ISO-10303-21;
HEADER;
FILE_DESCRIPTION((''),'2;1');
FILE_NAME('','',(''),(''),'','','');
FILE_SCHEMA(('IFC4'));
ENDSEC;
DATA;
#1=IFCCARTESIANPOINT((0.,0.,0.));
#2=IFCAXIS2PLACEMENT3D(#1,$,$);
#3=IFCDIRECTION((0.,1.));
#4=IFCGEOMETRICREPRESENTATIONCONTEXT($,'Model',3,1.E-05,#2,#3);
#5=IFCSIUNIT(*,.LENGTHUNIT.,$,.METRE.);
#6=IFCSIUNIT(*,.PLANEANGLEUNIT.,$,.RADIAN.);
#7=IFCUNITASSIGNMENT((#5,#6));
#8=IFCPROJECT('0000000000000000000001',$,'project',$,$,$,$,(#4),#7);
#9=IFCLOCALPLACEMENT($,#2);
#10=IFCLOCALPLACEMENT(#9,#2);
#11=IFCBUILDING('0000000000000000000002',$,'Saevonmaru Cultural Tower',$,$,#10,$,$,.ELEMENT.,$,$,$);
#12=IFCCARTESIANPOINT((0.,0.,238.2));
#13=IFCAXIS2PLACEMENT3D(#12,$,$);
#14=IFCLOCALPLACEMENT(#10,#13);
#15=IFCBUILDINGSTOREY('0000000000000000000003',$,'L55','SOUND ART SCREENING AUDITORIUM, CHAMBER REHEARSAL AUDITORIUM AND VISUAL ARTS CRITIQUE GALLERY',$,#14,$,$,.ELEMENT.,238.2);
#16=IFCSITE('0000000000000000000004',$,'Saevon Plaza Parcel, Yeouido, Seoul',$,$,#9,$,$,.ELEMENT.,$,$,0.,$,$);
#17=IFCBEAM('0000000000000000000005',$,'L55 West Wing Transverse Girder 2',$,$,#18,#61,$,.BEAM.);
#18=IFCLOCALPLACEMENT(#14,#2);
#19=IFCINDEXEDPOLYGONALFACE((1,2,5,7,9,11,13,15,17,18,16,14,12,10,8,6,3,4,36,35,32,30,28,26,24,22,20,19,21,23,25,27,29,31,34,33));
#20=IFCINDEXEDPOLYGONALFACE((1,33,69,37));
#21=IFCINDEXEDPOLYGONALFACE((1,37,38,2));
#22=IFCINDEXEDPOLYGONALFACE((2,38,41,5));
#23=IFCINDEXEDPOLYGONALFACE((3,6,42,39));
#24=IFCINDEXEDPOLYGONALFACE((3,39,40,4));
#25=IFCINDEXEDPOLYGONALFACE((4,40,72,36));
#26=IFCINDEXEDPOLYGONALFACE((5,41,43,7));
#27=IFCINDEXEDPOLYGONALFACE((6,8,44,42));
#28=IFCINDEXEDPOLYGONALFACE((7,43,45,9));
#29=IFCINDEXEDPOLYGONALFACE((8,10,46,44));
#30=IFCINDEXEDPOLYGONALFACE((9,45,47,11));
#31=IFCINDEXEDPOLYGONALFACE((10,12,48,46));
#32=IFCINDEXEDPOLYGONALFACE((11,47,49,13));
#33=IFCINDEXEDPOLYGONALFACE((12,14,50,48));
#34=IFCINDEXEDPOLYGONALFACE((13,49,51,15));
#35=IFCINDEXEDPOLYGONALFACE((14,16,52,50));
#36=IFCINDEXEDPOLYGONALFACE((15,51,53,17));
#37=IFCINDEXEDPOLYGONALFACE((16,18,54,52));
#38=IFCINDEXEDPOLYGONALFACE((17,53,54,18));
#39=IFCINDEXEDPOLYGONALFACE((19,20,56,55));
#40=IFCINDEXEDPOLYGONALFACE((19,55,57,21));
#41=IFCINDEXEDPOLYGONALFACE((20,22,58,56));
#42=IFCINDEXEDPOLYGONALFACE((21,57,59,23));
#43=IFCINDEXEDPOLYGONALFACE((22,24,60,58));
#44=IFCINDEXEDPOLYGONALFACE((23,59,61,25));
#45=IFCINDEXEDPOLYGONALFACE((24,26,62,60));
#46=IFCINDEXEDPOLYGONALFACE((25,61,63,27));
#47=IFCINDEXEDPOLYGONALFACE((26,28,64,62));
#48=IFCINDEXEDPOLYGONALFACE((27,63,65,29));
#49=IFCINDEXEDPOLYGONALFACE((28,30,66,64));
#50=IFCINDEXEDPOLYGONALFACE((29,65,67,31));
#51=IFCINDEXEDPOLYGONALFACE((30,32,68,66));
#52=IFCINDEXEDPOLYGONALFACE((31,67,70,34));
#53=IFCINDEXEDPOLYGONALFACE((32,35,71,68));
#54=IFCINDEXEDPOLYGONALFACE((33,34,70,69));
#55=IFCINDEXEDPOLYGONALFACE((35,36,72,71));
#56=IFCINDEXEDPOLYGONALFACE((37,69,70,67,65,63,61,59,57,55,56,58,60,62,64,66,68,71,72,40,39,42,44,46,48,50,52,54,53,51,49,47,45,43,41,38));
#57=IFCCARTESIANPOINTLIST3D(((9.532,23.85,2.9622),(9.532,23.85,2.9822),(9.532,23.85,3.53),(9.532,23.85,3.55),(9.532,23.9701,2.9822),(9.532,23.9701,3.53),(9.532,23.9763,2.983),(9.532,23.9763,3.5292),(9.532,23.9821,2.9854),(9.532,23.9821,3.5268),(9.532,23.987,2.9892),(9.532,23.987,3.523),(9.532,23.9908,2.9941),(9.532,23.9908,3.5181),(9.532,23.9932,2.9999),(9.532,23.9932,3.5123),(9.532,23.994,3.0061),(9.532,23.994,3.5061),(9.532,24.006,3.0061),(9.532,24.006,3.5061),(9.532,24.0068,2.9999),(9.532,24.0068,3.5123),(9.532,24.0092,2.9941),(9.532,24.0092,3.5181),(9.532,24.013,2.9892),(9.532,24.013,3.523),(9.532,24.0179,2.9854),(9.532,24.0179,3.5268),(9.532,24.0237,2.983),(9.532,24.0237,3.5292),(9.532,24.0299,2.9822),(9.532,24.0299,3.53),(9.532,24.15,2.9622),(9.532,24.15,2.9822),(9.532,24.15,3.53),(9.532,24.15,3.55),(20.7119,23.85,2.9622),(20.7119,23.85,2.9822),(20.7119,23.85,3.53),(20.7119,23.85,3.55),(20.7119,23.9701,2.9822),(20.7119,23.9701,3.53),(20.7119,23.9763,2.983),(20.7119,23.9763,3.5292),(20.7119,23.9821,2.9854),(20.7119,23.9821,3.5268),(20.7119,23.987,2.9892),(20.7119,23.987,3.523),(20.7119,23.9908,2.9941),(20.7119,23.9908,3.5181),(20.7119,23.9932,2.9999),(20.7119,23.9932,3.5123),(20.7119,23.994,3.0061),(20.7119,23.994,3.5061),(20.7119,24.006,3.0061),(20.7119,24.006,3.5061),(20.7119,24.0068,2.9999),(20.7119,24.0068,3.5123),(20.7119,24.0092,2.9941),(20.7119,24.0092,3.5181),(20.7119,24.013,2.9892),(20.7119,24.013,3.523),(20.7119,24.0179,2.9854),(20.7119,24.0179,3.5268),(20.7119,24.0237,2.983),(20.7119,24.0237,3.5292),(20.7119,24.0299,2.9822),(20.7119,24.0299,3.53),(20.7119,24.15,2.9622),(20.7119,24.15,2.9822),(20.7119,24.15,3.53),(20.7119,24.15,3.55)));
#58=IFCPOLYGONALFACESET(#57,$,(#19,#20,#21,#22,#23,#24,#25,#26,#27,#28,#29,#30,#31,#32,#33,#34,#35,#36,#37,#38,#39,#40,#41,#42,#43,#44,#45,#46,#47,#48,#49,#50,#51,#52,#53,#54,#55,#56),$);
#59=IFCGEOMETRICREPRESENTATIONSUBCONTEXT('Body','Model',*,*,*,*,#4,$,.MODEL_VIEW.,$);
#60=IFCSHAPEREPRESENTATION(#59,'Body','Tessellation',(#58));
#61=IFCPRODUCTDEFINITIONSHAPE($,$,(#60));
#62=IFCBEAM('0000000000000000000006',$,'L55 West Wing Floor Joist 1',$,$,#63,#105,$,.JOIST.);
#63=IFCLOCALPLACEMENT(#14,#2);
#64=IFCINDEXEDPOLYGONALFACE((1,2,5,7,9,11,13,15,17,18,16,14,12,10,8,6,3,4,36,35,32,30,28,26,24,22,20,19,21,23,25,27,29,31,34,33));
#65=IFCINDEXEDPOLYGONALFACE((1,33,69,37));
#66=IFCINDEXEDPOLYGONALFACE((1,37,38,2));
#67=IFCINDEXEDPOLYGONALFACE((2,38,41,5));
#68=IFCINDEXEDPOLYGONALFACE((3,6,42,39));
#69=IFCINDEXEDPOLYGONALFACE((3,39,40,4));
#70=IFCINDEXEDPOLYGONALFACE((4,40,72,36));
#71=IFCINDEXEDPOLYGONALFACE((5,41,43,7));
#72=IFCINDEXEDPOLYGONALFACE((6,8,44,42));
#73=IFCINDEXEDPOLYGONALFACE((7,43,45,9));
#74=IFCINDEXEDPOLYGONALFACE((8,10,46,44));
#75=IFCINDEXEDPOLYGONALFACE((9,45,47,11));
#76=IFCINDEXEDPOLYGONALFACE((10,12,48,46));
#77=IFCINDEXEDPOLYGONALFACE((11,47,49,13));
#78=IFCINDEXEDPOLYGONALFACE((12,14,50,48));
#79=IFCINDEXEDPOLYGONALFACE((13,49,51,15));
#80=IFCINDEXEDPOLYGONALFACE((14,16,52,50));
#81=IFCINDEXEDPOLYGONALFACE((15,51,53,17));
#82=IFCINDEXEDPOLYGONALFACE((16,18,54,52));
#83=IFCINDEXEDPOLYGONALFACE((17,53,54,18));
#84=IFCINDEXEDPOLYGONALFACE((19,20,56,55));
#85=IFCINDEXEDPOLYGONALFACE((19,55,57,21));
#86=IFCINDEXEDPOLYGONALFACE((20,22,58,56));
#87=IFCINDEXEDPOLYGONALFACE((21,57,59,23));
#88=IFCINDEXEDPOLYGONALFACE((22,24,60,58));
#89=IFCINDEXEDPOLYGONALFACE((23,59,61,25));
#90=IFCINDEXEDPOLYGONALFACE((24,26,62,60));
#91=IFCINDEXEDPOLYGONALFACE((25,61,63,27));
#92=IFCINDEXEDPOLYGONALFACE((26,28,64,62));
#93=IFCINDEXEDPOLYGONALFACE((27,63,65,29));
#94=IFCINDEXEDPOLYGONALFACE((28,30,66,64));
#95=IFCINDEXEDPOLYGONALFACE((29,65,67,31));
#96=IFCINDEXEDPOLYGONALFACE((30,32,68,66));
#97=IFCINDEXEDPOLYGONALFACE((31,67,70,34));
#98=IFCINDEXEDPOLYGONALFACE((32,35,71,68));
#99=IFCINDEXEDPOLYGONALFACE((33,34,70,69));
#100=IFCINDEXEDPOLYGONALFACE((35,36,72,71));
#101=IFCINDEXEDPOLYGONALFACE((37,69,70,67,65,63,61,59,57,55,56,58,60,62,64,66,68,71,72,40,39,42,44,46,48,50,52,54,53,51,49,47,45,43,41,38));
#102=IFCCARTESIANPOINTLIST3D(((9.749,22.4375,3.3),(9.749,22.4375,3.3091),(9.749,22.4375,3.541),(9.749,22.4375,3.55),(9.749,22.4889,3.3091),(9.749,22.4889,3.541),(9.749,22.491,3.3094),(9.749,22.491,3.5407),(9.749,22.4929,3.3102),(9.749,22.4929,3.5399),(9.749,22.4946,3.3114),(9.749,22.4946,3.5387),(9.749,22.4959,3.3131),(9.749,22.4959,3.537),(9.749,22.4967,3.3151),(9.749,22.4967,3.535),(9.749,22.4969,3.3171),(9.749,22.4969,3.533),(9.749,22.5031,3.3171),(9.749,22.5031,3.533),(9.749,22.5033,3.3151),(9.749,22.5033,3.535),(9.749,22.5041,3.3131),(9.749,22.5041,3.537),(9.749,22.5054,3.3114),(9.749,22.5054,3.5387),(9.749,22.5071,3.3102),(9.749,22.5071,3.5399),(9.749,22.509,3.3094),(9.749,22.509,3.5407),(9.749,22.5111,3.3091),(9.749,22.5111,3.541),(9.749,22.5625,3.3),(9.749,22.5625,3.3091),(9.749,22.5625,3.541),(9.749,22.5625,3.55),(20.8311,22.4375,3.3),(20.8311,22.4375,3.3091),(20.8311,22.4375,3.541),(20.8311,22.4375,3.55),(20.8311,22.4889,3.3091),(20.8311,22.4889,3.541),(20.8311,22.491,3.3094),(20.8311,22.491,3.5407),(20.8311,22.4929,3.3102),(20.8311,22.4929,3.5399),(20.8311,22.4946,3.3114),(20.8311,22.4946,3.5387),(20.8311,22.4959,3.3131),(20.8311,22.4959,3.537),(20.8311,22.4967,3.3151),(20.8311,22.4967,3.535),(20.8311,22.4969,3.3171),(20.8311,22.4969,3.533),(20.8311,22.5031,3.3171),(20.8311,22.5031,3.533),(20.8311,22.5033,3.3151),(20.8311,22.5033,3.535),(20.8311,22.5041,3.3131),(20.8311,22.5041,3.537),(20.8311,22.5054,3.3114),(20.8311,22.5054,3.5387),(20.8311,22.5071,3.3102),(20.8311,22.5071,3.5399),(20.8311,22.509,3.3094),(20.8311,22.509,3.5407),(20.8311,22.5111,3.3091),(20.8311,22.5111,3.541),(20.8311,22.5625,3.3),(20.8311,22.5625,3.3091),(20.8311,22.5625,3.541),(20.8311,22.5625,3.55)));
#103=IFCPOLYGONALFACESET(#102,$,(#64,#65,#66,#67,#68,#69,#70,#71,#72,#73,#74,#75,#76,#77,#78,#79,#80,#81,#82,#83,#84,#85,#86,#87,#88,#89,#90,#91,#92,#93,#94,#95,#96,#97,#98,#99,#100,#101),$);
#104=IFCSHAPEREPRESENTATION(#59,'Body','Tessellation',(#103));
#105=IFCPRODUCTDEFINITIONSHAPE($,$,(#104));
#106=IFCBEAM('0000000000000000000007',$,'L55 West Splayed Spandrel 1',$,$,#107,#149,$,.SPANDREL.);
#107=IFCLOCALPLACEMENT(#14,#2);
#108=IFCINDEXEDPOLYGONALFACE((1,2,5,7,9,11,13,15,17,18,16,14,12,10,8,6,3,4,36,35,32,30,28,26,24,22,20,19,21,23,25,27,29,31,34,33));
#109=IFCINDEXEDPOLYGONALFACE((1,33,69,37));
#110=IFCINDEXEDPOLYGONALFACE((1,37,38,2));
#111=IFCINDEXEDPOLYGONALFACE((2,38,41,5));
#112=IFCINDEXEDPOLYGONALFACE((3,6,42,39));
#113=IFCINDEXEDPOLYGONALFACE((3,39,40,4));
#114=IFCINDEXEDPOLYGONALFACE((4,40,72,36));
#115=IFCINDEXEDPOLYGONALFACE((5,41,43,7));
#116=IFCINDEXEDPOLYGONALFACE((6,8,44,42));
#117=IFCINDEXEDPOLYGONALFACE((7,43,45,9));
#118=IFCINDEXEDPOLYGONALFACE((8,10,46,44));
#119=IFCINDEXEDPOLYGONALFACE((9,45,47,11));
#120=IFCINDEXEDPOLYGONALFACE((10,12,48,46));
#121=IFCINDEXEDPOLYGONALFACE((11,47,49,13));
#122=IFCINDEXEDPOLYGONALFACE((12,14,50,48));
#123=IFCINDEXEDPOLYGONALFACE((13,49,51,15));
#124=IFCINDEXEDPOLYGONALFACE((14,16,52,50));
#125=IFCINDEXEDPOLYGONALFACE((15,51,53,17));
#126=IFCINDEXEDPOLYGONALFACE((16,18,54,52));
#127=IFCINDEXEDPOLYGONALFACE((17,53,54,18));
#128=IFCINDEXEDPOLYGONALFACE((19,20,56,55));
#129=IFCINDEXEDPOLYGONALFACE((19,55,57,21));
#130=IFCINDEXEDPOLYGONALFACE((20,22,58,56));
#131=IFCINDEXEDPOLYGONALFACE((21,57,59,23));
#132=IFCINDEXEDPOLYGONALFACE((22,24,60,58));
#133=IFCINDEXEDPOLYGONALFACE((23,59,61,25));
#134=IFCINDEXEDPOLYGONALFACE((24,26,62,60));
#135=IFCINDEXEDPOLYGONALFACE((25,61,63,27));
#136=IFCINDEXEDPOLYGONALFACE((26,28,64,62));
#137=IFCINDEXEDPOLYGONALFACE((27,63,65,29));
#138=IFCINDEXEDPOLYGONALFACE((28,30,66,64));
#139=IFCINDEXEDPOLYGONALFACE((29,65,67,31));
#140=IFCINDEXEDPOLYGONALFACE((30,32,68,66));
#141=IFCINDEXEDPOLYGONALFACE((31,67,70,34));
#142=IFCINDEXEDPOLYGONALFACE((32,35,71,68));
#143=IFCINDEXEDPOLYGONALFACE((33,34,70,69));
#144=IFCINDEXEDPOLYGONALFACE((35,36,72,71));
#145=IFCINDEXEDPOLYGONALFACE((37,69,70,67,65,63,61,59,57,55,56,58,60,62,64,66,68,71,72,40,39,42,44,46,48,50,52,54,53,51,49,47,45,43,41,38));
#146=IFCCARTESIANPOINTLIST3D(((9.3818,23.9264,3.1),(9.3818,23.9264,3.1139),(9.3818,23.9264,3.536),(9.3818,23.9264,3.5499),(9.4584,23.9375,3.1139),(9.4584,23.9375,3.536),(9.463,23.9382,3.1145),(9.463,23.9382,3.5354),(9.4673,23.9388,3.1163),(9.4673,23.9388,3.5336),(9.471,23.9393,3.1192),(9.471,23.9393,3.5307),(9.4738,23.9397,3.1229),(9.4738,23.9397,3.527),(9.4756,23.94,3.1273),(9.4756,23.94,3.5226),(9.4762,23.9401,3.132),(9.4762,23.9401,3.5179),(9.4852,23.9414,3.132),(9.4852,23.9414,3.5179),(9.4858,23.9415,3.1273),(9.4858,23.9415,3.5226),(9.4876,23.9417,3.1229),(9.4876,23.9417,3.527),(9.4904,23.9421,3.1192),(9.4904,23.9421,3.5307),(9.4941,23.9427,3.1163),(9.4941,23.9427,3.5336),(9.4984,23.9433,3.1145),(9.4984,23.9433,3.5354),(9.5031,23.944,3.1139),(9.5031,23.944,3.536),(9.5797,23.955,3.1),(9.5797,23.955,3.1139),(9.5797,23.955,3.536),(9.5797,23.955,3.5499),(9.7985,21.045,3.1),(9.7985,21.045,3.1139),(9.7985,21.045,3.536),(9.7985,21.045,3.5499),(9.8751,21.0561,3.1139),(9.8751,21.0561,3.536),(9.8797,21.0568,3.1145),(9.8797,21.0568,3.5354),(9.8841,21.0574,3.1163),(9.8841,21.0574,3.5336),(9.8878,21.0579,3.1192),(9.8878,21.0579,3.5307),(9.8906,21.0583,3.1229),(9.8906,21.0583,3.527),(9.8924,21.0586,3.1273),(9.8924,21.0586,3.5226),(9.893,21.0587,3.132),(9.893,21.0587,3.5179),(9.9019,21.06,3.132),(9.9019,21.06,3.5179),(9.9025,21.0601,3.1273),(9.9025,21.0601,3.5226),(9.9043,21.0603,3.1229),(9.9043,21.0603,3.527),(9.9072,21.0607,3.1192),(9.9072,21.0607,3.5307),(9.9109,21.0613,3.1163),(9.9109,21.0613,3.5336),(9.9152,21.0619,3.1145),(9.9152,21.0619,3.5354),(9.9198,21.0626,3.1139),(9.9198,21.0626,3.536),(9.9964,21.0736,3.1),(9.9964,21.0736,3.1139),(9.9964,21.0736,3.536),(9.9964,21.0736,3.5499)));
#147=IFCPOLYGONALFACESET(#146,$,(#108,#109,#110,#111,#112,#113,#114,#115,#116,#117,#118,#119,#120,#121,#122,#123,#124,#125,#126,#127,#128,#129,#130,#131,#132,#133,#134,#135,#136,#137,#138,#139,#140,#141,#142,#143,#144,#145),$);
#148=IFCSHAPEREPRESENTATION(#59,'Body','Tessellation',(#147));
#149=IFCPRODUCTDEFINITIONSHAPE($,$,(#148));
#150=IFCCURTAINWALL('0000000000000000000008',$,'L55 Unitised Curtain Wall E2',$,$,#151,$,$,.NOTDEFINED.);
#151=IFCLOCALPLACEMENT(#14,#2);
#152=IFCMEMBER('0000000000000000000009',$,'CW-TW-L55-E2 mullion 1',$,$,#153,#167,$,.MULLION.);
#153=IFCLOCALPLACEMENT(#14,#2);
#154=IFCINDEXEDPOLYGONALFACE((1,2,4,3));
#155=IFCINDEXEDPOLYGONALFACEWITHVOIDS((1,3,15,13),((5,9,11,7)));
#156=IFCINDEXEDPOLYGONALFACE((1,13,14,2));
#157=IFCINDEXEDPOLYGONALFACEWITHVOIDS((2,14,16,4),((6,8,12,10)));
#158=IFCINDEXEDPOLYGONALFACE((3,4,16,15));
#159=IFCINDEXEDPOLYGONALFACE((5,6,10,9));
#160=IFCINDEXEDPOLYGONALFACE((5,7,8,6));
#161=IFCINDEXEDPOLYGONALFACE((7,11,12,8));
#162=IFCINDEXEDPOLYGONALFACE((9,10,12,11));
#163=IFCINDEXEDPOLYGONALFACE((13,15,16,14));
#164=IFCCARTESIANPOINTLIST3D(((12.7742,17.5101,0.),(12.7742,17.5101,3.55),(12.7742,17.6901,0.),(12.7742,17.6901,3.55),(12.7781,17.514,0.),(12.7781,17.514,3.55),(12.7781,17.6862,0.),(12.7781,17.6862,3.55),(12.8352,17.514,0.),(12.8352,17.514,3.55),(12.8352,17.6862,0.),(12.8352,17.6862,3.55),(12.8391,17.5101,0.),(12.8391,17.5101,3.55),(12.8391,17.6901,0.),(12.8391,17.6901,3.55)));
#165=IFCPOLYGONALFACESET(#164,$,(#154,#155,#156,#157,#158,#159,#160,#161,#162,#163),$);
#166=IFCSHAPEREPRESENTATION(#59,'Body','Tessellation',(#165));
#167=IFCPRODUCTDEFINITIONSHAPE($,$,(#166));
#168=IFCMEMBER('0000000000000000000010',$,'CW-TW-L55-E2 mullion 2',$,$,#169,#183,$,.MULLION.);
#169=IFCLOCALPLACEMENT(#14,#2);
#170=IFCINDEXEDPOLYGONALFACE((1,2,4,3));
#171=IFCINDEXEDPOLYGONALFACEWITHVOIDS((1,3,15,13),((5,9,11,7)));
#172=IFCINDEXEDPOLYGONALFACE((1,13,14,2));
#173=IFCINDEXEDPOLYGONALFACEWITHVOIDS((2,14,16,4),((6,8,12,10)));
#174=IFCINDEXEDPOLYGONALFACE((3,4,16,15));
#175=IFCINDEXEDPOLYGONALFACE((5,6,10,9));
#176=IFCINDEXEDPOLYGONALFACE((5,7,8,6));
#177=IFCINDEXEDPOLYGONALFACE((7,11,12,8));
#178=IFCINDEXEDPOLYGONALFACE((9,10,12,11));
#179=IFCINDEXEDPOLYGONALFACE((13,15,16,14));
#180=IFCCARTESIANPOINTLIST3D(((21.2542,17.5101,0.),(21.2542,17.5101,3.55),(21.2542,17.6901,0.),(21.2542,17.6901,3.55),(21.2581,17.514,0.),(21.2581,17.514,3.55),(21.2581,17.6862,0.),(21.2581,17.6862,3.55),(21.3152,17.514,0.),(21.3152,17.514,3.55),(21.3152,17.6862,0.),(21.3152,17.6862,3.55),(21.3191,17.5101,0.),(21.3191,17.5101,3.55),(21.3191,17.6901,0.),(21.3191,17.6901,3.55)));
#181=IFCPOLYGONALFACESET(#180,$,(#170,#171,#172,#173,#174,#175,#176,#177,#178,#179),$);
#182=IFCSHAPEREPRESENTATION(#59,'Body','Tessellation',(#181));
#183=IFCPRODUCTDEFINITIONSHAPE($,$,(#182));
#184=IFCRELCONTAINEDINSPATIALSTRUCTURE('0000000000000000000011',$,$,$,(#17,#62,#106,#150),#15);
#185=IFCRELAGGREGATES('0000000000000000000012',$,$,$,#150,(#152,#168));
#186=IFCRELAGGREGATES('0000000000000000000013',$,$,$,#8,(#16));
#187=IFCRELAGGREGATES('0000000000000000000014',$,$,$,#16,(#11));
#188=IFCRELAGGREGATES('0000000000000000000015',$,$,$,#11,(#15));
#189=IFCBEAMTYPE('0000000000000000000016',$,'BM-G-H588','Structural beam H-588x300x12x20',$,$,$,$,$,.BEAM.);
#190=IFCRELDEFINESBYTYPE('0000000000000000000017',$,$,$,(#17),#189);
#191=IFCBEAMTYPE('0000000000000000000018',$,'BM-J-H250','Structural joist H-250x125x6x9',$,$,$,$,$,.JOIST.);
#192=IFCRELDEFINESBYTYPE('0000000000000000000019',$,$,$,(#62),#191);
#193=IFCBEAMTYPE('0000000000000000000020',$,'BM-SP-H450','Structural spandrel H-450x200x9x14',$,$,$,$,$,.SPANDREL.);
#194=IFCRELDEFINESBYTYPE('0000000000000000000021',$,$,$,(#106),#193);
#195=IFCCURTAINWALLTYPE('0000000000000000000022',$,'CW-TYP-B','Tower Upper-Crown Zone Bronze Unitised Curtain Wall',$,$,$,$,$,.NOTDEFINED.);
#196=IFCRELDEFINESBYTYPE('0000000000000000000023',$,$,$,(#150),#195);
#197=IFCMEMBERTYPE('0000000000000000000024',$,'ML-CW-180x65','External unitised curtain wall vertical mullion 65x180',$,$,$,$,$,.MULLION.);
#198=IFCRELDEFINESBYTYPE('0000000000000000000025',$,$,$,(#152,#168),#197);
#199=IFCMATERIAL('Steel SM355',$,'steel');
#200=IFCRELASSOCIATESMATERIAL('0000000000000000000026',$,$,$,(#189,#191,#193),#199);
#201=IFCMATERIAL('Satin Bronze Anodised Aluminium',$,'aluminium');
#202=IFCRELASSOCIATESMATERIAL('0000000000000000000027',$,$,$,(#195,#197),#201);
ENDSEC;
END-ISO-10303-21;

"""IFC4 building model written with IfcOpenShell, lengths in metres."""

from ifc_helpers import new_model, si_unit, direction, frame, origin, origin_2d, place, context, subcontext, project, spatial, hollow_rectangle, i_section, extrude, material, material_profile, profile_set, type_object, element, aggregate, save


model = new_model("IFC4")

# Units and contexts
model_context = context("Model", 3, precision=1e-05, world=origin(), true_north=direction((0.0, 1.0)))
body_context = subcontext(model_context, "Body", "Model", "MODEL_VIEW")
ifc_project = project(units=[si_unit("LENGTHUNIT", "METRE"), si_unit("PLANEANGLEUNIT", "RADIAN")], contexts=[model_context])

# Site, building, storey
site_placement = place(None, origin())
site = spatial("IfcSite", under=ifc_project, at=site_placement, Name="Saevon Plaza Parcel, Yeouido, Seoul", CompositionType="ELEMENT", RefElevation=0.0)
building_placement = place(site_placement, origin())
building = spatial("IfcBuilding", under=site, at=building_placement, Name="Saevonmaru Cultural Tower", CompositionType="ELEMENT")
storey_placement = place(building_placement, frame((0.0, 0.0, 238.2)))
storey = spatial("IfcBuildingStorey", under=building, at=storey_placement, Name="L55", Description="SOUND ART SCREENING AUDITORIUM, CHAMBER REHEARSAL AUDITORIUM AND VISUAL ARTS CRITIQUE GALLERY", CompositionType="ELEMENT", Elevation=238.2)

# Shared definitions
ifc_material_1 = material(Name="Steel SM355", Category="steel")

# Beams
ifc_material_profile_1 = material_profile(ifc_material_1, i_section(OverallWidth=0.3, OverallDepth=0.5879, WebThickness=0.012, FlangeThickness=0.02, FilletRadius=0.0239, at=origin_2d()), Name="H-588x300x12x20")
ifc_profile_set_1 = profile_set([ifc_material_profile_1], Name="Steel SM355")
beam_type_1 = type_object("IfcBeamType", Name="BM-G-H588", Description="Structural beam H-588x300x12x20", PredefinedType="BEAM", material=ifc_profile_set_1)
for number, where, z_axis, x_axis, name in (
    (1, (9.532, 24.0, 3.2561), (1.0, 0.0, 0.0), (0.0, 1.0, 0.0), "L55 West Wing Transverse Girder 2"),
):
    element("IfcBeam", number, at=place(storey_placement, frame(where, z_axis=z_axis, x_axis=x_axis)), inside=storey, type_object=beam_type_1, Name=name, PredefinedType="BEAM", context=body_context, shape_type="SweptSolid", body=[
        extrude(i_section(OverallWidth=0.3, OverallDepth=0.5879, WebThickness=0.012, FlangeThickness=0.02, FilletRadius=0.0239, at=origin_2d()), origin(), (0.0, 0.0, 1.0), 11.1799),
    ])
ifc_material_profile_2 = material_profile(ifc_material_1, i_section(OverallWidth=0.125, OverallDepth=0.25, WebThickness=0.0061, FlangeThickness=0.009, FilletRadius=0.0081, at=origin_2d()), Name="H-250x125x6x9")
ifc_profile_set_2 = profile_set([ifc_material_profile_2], Name="Steel SM355")
beam_type_2 = type_object("IfcBeamType", Name="BM-J-H250", Description="Structural joist H-250x125x6x9", PredefinedType="JOIST", material=ifc_profile_set_2)
beam_1_placement = place(storey_placement, frame((9.749, 22.5, 3.425), z_axis=(1.0, 0.0, 0.0), x_axis=(0.0, 1.0, 0.0)))
element("IfcBeam", 2, at=beam_1_placement, inside=storey, type_object=beam_type_2, Name="L55 West Wing Floor Joist 1", PredefinedType="JOIST", context=body_context, shape_type="SweptSolid", body=[
    extrude(i_section(OverallWidth=0.125, OverallDepth=0.25, WebThickness=0.0061, FlangeThickness=0.009, FilletRadius=0.0081, at=origin_2d()), origin(), (0.0, 0.0, 1.0), 11.082),
])
ifc_material_profile_3 = material_profile(ifc_material_1, i_section(OverallWidth=0.2, OverallDepth=0.45, WebThickness=0.009, FlangeThickness=0.0139, FilletRadius=0.0181, at=origin_2d()), Name="H-450x200x9x14")
ifc_profile_set_3 = profile_set([ifc_material_profile_3], Name="Steel SM355")
beam_type_3 = type_object("IfcBeamType", Name="BM-SP-H450", Description="Structural spandrel H-450x200x9x14", PredefinedType="SPANDREL", material=ifc_profile_set_3)
beam_2_placement = place(storey_placement, frame((9.8975, 21.0593, 3.325), z_axis=(-0.143147, 0.989701, 0.0), x_axis=(-0.989701, -0.143147, 0.0)))
element("IfcBeam", 3, at=beam_2_placement, inside=storey, type_object=beam_type_3, Name="L55 West Splayed Spandrel 1", PredefinedType="SPANDREL", context=body_context, shape_type="SweptSolid", body=[
    extrude(i_section(OverallWidth=0.2, OverallDepth=0.45, WebThickness=0.009, FlangeThickness=0.0139, FilletRadius=0.0181, at=origin_2d()), origin(), (0.0, 0.0, 1.0), 2.9114),
])

# Curtain wall, members
ifc_material_2 = material(Name="Satin Bronze Anodised Aluminium", Category="aluminium")
curtain_wall_type = type_object("IfcCurtainWallType", Name="CW-TYP-B", Description="Tower Upper-Crown Zone Bronze Unitised Curtain Wall", PredefinedType="NOTDEFINED", material=ifc_material_2)
curtain_wall_1_placement = place(storey_placement, origin())
curtain_wall_1 = element("IfcCurtainWall", 4, at=curtain_wall_1_placement, inside=storey, type_object=curtain_wall_type, Name="L55 Unitised Curtain Wall E2", PredefinedType="NOTDEFINED")
ifc_material_profile_4 = material_profile(ifc_material_2, hollow_rectangle(XDim=0.0649, YDim=0.1799, WallThickness=0.0039, at=origin_2d()), Name="ALU-MULL-180x65x4")
ifc_profile_set_4 = profile_set([ifc_material_profile_4], Name="Satin Bronze Anodised Aluminium")
member_type_1 = type_object("IfcMemberType", Name="ML-CW-180x65", Description="External unitised curtain wall vertical mullion 65x180", PredefinedType="MULLION", material=ifc_profile_set_4)
member_1_placement = place(storey_placement, frame((12.8066, 17.6001, 0.0), z_axis=(0.0, 0.0, 1.0), x_axis=(1.0, 0.0, 0.0)))
member_1 = element("IfcMember", 5, at=member_1_placement, type_object=member_type_1, Name="CW-TW-L55-E2 mullion 1", PredefinedType="MULLION", context=body_context, shape_type="SweptSolid", body=[
    extrude(hollow_rectangle(XDim=0.0649, YDim=0.1799, WallThickness=0.0039, at=origin_2d()), origin(), (0.0, 0.0, 1.0), 3.55),
])
member_2_placement = place(storey_placement, frame((21.2866, 17.6001, 0.0), z_axis=(0.0, 0.0, 1.0), x_axis=(1.0, 0.0, 0.0)))
member_2 = element("IfcMember", 6, at=member_2_placement, type_object=member_type_1, Name="CW-TW-L55-E2 mullion 2", PredefinedType="MULLION", context=body_context, shape_type="SweptSolid", body=[
    extrude(hollow_rectangle(XDim=0.0649, YDim=0.1799, WallThickness=0.0039, at=origin_2d()), origin(), (0.0, 0.0, 1.0), 3.55),
])

aggregate(curtain_wall_1, [member_1, member_2])

save(model, "model.ifc")
